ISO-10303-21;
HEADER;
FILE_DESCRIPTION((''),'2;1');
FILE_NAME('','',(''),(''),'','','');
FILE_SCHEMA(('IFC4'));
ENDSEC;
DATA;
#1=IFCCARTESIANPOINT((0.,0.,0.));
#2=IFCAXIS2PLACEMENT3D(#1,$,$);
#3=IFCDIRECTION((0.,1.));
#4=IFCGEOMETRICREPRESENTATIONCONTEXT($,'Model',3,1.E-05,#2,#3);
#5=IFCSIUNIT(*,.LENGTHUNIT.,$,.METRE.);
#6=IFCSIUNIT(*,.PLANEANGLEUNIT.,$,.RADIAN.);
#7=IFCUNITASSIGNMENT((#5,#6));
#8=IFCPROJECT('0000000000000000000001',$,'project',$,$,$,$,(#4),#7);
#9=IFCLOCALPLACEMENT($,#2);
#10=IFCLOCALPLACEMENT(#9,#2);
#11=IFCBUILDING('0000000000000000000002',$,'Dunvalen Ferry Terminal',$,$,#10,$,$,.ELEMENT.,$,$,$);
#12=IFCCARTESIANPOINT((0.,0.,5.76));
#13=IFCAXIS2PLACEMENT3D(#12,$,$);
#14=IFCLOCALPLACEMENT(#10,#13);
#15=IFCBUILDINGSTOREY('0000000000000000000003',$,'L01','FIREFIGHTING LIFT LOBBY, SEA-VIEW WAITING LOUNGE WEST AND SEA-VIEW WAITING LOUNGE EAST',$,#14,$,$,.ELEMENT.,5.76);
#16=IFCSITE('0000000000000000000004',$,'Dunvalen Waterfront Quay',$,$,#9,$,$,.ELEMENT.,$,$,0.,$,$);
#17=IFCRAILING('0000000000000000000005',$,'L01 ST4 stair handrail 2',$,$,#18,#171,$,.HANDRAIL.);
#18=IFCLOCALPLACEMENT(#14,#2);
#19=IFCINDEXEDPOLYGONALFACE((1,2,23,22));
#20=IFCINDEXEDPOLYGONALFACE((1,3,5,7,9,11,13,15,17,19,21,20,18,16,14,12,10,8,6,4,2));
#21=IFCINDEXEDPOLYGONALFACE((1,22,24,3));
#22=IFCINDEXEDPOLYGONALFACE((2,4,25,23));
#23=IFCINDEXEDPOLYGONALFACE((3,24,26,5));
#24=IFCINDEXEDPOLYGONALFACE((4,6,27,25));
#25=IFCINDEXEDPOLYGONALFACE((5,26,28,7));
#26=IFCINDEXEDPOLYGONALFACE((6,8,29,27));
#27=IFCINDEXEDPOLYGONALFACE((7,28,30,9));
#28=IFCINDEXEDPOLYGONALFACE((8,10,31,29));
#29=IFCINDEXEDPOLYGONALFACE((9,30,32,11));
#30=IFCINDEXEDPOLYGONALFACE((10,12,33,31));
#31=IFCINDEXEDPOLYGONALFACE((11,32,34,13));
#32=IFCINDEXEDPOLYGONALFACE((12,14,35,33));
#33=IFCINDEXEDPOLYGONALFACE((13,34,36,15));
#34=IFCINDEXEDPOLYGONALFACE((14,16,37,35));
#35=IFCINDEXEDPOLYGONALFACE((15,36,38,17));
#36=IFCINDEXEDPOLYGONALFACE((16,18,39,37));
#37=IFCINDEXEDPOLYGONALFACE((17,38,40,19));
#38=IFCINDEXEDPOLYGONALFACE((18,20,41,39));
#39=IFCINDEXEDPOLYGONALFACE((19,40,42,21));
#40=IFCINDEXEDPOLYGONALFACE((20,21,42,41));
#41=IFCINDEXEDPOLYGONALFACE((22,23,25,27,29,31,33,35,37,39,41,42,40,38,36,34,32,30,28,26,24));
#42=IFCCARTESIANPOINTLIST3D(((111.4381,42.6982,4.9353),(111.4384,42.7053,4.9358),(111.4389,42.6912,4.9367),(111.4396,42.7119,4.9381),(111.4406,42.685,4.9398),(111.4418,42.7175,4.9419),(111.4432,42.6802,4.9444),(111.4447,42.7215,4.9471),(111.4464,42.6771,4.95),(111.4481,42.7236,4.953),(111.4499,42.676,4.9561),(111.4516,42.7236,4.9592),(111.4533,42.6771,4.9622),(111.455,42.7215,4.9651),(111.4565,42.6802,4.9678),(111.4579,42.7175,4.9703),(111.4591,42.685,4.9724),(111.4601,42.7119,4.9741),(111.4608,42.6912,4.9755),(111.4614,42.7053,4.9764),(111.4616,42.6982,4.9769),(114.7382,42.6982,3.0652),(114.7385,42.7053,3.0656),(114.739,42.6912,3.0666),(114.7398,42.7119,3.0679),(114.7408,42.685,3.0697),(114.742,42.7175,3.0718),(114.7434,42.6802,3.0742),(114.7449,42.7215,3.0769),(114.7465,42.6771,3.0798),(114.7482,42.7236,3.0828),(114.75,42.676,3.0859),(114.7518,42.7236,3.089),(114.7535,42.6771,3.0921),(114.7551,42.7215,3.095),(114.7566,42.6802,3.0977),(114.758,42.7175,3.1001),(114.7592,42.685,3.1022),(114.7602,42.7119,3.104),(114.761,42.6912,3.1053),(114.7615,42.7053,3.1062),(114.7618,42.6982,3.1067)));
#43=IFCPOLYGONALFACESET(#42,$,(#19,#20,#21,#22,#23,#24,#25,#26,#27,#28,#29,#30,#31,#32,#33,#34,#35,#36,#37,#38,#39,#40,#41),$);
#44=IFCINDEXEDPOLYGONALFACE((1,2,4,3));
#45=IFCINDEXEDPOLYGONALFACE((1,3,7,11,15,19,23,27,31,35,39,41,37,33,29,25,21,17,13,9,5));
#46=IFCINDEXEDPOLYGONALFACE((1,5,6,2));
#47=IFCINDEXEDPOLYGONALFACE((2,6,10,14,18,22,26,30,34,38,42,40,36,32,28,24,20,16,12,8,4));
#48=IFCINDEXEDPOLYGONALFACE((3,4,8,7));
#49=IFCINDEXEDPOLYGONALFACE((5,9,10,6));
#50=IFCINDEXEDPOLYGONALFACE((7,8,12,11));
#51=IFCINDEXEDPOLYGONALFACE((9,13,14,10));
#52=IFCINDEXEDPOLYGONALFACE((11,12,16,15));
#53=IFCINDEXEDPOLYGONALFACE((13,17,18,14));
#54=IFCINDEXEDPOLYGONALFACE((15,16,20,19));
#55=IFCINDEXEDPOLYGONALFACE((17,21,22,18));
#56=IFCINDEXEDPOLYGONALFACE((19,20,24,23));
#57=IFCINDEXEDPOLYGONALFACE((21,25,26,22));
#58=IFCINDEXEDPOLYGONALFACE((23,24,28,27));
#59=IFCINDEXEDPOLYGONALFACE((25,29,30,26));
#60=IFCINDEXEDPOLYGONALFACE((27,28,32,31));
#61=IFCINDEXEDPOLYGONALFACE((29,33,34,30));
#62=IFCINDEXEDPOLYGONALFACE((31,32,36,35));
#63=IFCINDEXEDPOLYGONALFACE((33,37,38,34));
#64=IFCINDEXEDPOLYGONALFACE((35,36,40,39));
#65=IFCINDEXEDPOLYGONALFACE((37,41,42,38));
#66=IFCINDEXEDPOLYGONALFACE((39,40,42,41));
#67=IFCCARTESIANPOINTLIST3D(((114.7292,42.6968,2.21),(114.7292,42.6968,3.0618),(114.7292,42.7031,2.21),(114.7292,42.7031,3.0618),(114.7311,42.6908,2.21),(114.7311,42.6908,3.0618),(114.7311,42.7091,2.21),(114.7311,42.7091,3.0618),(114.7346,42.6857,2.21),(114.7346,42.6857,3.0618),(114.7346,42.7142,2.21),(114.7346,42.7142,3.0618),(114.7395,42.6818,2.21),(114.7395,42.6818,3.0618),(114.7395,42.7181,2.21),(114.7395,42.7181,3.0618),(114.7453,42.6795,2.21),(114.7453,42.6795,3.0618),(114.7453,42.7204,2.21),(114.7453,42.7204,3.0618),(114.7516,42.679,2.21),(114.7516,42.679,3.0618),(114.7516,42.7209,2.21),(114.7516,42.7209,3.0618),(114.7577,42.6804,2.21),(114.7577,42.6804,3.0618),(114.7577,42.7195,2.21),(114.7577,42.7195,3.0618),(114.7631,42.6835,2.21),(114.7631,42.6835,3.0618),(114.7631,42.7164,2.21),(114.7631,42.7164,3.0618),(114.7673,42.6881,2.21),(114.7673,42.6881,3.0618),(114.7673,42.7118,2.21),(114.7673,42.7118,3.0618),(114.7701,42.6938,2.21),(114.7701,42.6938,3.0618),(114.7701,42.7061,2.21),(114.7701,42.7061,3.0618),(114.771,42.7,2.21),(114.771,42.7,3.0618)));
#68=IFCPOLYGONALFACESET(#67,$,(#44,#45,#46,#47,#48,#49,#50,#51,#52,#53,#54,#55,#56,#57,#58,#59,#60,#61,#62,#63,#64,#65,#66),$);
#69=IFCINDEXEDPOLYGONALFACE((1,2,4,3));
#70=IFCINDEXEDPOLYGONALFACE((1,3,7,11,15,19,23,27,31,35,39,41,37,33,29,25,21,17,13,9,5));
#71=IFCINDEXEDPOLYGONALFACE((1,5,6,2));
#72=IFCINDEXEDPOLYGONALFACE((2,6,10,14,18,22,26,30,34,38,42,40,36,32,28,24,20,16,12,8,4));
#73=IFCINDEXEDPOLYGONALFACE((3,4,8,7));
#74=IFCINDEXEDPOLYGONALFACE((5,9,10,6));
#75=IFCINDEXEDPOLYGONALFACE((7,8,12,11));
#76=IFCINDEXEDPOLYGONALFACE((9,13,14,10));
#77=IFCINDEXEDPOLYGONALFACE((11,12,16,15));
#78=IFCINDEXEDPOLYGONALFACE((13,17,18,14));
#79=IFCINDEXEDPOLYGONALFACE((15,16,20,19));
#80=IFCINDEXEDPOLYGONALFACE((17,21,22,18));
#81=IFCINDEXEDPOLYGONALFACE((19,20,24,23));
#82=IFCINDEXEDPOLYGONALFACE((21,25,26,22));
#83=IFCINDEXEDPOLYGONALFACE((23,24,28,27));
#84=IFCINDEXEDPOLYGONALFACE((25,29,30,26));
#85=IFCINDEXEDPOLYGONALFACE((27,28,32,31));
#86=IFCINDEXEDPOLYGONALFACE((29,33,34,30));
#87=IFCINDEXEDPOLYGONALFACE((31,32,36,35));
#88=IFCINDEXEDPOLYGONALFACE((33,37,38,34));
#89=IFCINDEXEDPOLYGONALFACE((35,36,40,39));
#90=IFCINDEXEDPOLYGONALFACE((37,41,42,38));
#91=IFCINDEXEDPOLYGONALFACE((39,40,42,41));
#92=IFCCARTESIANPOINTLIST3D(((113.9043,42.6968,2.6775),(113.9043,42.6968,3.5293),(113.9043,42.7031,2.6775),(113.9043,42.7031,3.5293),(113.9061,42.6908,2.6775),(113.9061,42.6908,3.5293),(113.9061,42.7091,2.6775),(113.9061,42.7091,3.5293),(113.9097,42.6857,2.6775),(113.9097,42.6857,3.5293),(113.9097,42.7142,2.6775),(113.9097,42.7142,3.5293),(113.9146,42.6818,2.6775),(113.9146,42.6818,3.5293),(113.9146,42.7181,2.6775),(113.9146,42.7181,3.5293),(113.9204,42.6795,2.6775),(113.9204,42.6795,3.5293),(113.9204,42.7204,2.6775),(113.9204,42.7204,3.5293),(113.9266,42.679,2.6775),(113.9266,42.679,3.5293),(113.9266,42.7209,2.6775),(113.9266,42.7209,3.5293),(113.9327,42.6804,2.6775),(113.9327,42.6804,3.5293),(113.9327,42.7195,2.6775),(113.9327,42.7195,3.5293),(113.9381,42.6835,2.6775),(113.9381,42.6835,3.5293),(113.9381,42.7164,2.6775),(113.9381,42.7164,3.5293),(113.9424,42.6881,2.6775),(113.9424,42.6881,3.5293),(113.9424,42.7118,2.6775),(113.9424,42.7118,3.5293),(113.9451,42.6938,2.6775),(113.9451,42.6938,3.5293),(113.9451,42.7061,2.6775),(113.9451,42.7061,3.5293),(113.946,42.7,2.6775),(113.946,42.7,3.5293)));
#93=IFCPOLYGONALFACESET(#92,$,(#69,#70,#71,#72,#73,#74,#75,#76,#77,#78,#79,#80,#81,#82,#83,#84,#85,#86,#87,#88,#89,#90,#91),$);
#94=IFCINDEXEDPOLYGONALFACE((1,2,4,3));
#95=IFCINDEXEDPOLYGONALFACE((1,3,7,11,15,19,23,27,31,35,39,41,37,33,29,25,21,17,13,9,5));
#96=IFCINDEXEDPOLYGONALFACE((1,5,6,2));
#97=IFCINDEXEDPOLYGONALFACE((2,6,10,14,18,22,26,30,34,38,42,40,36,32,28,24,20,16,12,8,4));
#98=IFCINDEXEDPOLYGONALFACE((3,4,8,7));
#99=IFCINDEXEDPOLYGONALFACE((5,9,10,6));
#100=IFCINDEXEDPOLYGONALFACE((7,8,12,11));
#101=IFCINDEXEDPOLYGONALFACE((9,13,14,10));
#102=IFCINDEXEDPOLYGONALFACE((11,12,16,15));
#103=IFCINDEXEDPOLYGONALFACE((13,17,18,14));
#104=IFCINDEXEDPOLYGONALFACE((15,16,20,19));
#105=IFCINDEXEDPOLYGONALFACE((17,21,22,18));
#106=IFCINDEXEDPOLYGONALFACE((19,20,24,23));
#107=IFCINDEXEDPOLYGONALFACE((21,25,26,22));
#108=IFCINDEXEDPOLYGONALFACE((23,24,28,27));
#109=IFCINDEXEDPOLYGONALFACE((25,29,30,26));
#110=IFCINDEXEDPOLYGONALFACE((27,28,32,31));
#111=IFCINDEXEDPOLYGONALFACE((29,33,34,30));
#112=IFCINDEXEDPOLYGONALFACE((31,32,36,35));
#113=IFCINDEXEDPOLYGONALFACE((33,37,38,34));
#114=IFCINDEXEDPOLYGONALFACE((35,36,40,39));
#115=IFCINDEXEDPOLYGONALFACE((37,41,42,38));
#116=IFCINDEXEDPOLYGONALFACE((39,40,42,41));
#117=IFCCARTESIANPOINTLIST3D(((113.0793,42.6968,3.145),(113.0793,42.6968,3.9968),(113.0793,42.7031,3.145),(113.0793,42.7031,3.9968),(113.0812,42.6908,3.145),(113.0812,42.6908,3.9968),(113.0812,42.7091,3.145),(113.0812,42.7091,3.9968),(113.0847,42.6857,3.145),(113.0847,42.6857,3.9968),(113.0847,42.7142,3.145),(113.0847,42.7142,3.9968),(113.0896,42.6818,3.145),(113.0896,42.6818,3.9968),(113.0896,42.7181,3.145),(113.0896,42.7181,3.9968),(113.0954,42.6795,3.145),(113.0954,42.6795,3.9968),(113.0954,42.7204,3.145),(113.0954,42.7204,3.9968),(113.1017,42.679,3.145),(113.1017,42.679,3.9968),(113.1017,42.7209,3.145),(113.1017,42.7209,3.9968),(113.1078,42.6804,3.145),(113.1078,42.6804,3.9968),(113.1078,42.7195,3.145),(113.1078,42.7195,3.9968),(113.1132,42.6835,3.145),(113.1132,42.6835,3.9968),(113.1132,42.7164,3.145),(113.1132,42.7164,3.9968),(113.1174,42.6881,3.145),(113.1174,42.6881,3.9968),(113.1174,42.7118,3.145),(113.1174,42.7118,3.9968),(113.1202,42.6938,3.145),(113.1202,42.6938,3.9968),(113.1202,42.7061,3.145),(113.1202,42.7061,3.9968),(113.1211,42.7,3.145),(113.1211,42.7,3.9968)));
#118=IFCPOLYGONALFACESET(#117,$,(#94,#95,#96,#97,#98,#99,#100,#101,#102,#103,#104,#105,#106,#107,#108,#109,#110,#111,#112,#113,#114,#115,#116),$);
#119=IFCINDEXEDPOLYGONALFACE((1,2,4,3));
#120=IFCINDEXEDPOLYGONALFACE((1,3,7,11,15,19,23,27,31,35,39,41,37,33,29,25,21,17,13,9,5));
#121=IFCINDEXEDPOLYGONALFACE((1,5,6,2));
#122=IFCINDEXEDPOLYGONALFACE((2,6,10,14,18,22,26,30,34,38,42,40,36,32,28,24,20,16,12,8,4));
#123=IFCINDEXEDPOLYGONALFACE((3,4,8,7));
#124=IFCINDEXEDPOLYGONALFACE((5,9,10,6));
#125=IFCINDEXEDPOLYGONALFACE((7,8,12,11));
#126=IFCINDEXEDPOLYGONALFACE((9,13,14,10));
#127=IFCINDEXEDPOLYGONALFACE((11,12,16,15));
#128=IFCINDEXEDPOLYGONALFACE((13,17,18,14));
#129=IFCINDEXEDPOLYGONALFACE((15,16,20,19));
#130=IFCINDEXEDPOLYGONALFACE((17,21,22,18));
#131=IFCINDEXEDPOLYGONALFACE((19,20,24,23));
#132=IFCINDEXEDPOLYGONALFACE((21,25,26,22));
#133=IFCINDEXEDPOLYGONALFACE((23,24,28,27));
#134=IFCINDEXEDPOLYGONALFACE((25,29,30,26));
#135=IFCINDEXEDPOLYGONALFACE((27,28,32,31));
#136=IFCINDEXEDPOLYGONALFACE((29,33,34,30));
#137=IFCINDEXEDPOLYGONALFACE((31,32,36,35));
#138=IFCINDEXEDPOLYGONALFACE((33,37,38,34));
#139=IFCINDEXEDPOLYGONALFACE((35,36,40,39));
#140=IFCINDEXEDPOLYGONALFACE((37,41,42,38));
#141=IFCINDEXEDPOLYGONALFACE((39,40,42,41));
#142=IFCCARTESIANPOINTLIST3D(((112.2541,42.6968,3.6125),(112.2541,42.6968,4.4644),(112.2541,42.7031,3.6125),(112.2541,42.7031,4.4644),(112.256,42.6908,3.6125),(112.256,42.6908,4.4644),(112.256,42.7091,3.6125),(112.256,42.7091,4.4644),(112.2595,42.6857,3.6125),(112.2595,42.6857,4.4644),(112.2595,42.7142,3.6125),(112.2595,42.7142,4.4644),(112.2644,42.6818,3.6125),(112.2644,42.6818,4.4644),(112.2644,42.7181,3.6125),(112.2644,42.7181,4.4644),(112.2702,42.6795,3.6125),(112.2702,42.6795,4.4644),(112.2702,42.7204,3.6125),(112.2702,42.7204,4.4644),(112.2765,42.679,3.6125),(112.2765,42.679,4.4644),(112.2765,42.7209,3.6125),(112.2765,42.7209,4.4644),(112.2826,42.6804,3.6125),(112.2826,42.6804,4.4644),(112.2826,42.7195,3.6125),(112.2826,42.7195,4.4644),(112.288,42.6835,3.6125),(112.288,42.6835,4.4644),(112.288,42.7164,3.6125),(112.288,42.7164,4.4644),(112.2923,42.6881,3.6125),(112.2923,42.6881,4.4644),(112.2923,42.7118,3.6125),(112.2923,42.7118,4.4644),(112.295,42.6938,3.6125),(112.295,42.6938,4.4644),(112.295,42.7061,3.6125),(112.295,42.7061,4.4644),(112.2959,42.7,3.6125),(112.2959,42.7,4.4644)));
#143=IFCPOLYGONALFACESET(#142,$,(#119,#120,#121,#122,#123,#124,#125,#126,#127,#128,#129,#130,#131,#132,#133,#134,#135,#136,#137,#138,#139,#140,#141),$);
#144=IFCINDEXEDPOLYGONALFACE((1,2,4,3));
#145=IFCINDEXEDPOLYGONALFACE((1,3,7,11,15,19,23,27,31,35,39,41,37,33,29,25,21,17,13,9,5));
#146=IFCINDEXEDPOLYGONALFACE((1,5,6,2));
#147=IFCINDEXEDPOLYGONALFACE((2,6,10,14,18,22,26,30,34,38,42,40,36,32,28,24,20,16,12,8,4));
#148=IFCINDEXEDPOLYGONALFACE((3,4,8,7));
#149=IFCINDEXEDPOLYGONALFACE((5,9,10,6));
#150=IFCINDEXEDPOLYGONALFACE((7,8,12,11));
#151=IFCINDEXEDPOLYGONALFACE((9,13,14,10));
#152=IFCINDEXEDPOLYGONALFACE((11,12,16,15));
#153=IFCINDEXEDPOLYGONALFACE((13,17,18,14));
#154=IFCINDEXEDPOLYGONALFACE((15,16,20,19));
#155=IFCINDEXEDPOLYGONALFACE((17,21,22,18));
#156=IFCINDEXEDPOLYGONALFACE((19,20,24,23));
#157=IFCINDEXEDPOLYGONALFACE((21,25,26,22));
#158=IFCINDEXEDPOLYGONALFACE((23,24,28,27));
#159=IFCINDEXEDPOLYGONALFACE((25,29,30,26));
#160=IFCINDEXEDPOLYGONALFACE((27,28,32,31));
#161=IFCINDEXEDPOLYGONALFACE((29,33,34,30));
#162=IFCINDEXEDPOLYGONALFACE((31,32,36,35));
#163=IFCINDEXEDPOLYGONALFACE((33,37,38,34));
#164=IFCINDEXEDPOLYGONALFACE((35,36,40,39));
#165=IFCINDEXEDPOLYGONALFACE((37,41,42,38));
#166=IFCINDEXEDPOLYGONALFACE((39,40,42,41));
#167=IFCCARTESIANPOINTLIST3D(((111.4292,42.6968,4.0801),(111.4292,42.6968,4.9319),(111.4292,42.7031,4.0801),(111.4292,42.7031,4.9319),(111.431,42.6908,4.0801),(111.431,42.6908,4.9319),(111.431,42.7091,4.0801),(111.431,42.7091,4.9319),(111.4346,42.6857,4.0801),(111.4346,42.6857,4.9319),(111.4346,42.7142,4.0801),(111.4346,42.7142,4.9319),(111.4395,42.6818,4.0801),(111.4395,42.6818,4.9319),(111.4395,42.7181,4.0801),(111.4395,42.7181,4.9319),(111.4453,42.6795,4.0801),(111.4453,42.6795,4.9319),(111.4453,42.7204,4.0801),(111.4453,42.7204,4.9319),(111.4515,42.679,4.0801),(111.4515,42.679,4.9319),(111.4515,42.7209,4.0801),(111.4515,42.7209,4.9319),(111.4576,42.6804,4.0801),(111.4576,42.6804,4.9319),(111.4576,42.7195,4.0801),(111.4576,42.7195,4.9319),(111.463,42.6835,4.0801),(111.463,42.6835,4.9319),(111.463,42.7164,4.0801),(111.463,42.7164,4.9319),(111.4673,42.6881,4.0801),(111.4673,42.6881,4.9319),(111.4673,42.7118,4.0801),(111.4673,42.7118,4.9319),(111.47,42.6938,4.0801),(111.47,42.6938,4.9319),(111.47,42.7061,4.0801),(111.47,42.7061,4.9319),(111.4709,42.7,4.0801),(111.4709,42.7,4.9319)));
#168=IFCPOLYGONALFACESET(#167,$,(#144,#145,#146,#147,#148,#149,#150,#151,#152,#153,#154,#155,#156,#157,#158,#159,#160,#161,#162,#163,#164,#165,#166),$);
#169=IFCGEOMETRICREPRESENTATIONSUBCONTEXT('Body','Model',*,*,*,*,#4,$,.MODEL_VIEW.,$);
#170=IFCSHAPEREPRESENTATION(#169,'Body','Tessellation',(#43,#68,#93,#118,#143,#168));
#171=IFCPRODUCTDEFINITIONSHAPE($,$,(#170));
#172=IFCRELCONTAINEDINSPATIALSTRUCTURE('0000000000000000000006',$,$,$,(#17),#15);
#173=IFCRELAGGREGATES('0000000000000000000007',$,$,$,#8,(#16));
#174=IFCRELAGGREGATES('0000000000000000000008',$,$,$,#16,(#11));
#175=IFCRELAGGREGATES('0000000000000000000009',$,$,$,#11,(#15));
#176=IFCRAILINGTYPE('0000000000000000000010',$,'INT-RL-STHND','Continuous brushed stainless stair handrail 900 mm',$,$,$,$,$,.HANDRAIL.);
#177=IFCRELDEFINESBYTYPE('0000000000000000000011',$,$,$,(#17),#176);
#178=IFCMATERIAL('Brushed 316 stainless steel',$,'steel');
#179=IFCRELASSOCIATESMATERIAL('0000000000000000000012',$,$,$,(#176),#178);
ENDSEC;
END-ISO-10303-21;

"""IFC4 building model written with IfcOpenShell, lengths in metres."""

from ifc_helpers import new_model, si_unit, direction, frame, origin, origin_2d, place, context, subcontext, project, spatial, circle, extrude, material, type_object, element, save


model = new_model("IFC4")

# Units and contexts
model_context = context("Model", 3, precision=1e-05, world=origin(), true_north=direction((0.0, 1.0)))
body_context = subcontext(model_context, "Body", "Model", "MODEL_VIEW")
ifc_project = project(units=[si_unit("LENGTHUNIT", "METRE"), si_unit("PLANEANGLEUNIT", "RADIAN")], contexts=[model_context])

# Site, building, storey
site_placement = place(None, origin())
site = spatial("IfcSite", under=ifc_project, at=site_placement, Name="Dunvalen Waterfront Quay", CompositionType="ELEMENT", RefElevation=0.0)
building_placement = place(site_placement, origin())
building = spatial("IfcBuilding", under=site, at=building_placement, Name="Dunvalen Ferry Terminal", CompositionType="ELEMENT")
storey_placement = place(building_placement, frame((0.0, 0.0, 5.76)))
storey = spatial("IfcBuildingStorey", under=building, at=storey_placement, Name="L01", Description="FIREFIGHTING LIFT LOBBY, SEA-VIEW WAITING LOUNGE WEST AND SEA-VIEW WAITING LOUNGE EAST", CompositionType="ELEMENT", Elevation=5.76)

# Railing
ifc_material_1 = material(Name="Brushed 316 stainless steel", Category="steel")
railing_type_1 = type_object("IfcRailingType", Name="INT-RL-STHND", Description="Continuous brushed stainless stair handrail 900 mm", PredefinedType="HANDRAIL", material=ifc_material_1)
railing_1_placement = place(storey_placement, frame((114.75, 42.7, 2.21)))
element("IfcRailing", 1, at=railing_1_placement, inside=storey, type_object=railing_type_1, Name="L01 ST4 stair handrail 2", PredefinedType="HANDRAIL", context=body_context, shape_type="SweptSolid", body=[
    extrude(circle(Radius=0.0239, at=origin_2d()), frame((0.0, 0.0, 0.876), z_axis=(-0.870012, 0.0, 0.49303), x_axis=(0.0, -1.0, 0.0)), (0.0, 0.0, 1.0), 3.7932),
    extrude(circle(Radius=0.021, at=origin_2d()), origin(), (0.0, 0.0, 1.0), 0.8518),
    extrude(circle(Radius=0.021, at=origin_2d()), frame((-0.825, 0.0, 0.4675)), (0.0, 0.0, 1.0), 0.8518),
    extrude(circle(Radius=0.021, at=origin_2d()), frame((-1.6499, 0.0, 0.9351)), (0.0, 0.0, 1.0), 0.8518),
    extrude(circle(Radius=0.021, at=origin_2d()), frame((-2.4751, 0.0, 1.4026)), (0.0, 0.0, 1.0), 0.8518),
    extrude(circle(Radius=0.021, at=origin_2d()), frame((-3.3, 0.0, 1.8701)), (0.0, 0.0, 1.0), 0.8518),
])

save(model, "model.ifc")
